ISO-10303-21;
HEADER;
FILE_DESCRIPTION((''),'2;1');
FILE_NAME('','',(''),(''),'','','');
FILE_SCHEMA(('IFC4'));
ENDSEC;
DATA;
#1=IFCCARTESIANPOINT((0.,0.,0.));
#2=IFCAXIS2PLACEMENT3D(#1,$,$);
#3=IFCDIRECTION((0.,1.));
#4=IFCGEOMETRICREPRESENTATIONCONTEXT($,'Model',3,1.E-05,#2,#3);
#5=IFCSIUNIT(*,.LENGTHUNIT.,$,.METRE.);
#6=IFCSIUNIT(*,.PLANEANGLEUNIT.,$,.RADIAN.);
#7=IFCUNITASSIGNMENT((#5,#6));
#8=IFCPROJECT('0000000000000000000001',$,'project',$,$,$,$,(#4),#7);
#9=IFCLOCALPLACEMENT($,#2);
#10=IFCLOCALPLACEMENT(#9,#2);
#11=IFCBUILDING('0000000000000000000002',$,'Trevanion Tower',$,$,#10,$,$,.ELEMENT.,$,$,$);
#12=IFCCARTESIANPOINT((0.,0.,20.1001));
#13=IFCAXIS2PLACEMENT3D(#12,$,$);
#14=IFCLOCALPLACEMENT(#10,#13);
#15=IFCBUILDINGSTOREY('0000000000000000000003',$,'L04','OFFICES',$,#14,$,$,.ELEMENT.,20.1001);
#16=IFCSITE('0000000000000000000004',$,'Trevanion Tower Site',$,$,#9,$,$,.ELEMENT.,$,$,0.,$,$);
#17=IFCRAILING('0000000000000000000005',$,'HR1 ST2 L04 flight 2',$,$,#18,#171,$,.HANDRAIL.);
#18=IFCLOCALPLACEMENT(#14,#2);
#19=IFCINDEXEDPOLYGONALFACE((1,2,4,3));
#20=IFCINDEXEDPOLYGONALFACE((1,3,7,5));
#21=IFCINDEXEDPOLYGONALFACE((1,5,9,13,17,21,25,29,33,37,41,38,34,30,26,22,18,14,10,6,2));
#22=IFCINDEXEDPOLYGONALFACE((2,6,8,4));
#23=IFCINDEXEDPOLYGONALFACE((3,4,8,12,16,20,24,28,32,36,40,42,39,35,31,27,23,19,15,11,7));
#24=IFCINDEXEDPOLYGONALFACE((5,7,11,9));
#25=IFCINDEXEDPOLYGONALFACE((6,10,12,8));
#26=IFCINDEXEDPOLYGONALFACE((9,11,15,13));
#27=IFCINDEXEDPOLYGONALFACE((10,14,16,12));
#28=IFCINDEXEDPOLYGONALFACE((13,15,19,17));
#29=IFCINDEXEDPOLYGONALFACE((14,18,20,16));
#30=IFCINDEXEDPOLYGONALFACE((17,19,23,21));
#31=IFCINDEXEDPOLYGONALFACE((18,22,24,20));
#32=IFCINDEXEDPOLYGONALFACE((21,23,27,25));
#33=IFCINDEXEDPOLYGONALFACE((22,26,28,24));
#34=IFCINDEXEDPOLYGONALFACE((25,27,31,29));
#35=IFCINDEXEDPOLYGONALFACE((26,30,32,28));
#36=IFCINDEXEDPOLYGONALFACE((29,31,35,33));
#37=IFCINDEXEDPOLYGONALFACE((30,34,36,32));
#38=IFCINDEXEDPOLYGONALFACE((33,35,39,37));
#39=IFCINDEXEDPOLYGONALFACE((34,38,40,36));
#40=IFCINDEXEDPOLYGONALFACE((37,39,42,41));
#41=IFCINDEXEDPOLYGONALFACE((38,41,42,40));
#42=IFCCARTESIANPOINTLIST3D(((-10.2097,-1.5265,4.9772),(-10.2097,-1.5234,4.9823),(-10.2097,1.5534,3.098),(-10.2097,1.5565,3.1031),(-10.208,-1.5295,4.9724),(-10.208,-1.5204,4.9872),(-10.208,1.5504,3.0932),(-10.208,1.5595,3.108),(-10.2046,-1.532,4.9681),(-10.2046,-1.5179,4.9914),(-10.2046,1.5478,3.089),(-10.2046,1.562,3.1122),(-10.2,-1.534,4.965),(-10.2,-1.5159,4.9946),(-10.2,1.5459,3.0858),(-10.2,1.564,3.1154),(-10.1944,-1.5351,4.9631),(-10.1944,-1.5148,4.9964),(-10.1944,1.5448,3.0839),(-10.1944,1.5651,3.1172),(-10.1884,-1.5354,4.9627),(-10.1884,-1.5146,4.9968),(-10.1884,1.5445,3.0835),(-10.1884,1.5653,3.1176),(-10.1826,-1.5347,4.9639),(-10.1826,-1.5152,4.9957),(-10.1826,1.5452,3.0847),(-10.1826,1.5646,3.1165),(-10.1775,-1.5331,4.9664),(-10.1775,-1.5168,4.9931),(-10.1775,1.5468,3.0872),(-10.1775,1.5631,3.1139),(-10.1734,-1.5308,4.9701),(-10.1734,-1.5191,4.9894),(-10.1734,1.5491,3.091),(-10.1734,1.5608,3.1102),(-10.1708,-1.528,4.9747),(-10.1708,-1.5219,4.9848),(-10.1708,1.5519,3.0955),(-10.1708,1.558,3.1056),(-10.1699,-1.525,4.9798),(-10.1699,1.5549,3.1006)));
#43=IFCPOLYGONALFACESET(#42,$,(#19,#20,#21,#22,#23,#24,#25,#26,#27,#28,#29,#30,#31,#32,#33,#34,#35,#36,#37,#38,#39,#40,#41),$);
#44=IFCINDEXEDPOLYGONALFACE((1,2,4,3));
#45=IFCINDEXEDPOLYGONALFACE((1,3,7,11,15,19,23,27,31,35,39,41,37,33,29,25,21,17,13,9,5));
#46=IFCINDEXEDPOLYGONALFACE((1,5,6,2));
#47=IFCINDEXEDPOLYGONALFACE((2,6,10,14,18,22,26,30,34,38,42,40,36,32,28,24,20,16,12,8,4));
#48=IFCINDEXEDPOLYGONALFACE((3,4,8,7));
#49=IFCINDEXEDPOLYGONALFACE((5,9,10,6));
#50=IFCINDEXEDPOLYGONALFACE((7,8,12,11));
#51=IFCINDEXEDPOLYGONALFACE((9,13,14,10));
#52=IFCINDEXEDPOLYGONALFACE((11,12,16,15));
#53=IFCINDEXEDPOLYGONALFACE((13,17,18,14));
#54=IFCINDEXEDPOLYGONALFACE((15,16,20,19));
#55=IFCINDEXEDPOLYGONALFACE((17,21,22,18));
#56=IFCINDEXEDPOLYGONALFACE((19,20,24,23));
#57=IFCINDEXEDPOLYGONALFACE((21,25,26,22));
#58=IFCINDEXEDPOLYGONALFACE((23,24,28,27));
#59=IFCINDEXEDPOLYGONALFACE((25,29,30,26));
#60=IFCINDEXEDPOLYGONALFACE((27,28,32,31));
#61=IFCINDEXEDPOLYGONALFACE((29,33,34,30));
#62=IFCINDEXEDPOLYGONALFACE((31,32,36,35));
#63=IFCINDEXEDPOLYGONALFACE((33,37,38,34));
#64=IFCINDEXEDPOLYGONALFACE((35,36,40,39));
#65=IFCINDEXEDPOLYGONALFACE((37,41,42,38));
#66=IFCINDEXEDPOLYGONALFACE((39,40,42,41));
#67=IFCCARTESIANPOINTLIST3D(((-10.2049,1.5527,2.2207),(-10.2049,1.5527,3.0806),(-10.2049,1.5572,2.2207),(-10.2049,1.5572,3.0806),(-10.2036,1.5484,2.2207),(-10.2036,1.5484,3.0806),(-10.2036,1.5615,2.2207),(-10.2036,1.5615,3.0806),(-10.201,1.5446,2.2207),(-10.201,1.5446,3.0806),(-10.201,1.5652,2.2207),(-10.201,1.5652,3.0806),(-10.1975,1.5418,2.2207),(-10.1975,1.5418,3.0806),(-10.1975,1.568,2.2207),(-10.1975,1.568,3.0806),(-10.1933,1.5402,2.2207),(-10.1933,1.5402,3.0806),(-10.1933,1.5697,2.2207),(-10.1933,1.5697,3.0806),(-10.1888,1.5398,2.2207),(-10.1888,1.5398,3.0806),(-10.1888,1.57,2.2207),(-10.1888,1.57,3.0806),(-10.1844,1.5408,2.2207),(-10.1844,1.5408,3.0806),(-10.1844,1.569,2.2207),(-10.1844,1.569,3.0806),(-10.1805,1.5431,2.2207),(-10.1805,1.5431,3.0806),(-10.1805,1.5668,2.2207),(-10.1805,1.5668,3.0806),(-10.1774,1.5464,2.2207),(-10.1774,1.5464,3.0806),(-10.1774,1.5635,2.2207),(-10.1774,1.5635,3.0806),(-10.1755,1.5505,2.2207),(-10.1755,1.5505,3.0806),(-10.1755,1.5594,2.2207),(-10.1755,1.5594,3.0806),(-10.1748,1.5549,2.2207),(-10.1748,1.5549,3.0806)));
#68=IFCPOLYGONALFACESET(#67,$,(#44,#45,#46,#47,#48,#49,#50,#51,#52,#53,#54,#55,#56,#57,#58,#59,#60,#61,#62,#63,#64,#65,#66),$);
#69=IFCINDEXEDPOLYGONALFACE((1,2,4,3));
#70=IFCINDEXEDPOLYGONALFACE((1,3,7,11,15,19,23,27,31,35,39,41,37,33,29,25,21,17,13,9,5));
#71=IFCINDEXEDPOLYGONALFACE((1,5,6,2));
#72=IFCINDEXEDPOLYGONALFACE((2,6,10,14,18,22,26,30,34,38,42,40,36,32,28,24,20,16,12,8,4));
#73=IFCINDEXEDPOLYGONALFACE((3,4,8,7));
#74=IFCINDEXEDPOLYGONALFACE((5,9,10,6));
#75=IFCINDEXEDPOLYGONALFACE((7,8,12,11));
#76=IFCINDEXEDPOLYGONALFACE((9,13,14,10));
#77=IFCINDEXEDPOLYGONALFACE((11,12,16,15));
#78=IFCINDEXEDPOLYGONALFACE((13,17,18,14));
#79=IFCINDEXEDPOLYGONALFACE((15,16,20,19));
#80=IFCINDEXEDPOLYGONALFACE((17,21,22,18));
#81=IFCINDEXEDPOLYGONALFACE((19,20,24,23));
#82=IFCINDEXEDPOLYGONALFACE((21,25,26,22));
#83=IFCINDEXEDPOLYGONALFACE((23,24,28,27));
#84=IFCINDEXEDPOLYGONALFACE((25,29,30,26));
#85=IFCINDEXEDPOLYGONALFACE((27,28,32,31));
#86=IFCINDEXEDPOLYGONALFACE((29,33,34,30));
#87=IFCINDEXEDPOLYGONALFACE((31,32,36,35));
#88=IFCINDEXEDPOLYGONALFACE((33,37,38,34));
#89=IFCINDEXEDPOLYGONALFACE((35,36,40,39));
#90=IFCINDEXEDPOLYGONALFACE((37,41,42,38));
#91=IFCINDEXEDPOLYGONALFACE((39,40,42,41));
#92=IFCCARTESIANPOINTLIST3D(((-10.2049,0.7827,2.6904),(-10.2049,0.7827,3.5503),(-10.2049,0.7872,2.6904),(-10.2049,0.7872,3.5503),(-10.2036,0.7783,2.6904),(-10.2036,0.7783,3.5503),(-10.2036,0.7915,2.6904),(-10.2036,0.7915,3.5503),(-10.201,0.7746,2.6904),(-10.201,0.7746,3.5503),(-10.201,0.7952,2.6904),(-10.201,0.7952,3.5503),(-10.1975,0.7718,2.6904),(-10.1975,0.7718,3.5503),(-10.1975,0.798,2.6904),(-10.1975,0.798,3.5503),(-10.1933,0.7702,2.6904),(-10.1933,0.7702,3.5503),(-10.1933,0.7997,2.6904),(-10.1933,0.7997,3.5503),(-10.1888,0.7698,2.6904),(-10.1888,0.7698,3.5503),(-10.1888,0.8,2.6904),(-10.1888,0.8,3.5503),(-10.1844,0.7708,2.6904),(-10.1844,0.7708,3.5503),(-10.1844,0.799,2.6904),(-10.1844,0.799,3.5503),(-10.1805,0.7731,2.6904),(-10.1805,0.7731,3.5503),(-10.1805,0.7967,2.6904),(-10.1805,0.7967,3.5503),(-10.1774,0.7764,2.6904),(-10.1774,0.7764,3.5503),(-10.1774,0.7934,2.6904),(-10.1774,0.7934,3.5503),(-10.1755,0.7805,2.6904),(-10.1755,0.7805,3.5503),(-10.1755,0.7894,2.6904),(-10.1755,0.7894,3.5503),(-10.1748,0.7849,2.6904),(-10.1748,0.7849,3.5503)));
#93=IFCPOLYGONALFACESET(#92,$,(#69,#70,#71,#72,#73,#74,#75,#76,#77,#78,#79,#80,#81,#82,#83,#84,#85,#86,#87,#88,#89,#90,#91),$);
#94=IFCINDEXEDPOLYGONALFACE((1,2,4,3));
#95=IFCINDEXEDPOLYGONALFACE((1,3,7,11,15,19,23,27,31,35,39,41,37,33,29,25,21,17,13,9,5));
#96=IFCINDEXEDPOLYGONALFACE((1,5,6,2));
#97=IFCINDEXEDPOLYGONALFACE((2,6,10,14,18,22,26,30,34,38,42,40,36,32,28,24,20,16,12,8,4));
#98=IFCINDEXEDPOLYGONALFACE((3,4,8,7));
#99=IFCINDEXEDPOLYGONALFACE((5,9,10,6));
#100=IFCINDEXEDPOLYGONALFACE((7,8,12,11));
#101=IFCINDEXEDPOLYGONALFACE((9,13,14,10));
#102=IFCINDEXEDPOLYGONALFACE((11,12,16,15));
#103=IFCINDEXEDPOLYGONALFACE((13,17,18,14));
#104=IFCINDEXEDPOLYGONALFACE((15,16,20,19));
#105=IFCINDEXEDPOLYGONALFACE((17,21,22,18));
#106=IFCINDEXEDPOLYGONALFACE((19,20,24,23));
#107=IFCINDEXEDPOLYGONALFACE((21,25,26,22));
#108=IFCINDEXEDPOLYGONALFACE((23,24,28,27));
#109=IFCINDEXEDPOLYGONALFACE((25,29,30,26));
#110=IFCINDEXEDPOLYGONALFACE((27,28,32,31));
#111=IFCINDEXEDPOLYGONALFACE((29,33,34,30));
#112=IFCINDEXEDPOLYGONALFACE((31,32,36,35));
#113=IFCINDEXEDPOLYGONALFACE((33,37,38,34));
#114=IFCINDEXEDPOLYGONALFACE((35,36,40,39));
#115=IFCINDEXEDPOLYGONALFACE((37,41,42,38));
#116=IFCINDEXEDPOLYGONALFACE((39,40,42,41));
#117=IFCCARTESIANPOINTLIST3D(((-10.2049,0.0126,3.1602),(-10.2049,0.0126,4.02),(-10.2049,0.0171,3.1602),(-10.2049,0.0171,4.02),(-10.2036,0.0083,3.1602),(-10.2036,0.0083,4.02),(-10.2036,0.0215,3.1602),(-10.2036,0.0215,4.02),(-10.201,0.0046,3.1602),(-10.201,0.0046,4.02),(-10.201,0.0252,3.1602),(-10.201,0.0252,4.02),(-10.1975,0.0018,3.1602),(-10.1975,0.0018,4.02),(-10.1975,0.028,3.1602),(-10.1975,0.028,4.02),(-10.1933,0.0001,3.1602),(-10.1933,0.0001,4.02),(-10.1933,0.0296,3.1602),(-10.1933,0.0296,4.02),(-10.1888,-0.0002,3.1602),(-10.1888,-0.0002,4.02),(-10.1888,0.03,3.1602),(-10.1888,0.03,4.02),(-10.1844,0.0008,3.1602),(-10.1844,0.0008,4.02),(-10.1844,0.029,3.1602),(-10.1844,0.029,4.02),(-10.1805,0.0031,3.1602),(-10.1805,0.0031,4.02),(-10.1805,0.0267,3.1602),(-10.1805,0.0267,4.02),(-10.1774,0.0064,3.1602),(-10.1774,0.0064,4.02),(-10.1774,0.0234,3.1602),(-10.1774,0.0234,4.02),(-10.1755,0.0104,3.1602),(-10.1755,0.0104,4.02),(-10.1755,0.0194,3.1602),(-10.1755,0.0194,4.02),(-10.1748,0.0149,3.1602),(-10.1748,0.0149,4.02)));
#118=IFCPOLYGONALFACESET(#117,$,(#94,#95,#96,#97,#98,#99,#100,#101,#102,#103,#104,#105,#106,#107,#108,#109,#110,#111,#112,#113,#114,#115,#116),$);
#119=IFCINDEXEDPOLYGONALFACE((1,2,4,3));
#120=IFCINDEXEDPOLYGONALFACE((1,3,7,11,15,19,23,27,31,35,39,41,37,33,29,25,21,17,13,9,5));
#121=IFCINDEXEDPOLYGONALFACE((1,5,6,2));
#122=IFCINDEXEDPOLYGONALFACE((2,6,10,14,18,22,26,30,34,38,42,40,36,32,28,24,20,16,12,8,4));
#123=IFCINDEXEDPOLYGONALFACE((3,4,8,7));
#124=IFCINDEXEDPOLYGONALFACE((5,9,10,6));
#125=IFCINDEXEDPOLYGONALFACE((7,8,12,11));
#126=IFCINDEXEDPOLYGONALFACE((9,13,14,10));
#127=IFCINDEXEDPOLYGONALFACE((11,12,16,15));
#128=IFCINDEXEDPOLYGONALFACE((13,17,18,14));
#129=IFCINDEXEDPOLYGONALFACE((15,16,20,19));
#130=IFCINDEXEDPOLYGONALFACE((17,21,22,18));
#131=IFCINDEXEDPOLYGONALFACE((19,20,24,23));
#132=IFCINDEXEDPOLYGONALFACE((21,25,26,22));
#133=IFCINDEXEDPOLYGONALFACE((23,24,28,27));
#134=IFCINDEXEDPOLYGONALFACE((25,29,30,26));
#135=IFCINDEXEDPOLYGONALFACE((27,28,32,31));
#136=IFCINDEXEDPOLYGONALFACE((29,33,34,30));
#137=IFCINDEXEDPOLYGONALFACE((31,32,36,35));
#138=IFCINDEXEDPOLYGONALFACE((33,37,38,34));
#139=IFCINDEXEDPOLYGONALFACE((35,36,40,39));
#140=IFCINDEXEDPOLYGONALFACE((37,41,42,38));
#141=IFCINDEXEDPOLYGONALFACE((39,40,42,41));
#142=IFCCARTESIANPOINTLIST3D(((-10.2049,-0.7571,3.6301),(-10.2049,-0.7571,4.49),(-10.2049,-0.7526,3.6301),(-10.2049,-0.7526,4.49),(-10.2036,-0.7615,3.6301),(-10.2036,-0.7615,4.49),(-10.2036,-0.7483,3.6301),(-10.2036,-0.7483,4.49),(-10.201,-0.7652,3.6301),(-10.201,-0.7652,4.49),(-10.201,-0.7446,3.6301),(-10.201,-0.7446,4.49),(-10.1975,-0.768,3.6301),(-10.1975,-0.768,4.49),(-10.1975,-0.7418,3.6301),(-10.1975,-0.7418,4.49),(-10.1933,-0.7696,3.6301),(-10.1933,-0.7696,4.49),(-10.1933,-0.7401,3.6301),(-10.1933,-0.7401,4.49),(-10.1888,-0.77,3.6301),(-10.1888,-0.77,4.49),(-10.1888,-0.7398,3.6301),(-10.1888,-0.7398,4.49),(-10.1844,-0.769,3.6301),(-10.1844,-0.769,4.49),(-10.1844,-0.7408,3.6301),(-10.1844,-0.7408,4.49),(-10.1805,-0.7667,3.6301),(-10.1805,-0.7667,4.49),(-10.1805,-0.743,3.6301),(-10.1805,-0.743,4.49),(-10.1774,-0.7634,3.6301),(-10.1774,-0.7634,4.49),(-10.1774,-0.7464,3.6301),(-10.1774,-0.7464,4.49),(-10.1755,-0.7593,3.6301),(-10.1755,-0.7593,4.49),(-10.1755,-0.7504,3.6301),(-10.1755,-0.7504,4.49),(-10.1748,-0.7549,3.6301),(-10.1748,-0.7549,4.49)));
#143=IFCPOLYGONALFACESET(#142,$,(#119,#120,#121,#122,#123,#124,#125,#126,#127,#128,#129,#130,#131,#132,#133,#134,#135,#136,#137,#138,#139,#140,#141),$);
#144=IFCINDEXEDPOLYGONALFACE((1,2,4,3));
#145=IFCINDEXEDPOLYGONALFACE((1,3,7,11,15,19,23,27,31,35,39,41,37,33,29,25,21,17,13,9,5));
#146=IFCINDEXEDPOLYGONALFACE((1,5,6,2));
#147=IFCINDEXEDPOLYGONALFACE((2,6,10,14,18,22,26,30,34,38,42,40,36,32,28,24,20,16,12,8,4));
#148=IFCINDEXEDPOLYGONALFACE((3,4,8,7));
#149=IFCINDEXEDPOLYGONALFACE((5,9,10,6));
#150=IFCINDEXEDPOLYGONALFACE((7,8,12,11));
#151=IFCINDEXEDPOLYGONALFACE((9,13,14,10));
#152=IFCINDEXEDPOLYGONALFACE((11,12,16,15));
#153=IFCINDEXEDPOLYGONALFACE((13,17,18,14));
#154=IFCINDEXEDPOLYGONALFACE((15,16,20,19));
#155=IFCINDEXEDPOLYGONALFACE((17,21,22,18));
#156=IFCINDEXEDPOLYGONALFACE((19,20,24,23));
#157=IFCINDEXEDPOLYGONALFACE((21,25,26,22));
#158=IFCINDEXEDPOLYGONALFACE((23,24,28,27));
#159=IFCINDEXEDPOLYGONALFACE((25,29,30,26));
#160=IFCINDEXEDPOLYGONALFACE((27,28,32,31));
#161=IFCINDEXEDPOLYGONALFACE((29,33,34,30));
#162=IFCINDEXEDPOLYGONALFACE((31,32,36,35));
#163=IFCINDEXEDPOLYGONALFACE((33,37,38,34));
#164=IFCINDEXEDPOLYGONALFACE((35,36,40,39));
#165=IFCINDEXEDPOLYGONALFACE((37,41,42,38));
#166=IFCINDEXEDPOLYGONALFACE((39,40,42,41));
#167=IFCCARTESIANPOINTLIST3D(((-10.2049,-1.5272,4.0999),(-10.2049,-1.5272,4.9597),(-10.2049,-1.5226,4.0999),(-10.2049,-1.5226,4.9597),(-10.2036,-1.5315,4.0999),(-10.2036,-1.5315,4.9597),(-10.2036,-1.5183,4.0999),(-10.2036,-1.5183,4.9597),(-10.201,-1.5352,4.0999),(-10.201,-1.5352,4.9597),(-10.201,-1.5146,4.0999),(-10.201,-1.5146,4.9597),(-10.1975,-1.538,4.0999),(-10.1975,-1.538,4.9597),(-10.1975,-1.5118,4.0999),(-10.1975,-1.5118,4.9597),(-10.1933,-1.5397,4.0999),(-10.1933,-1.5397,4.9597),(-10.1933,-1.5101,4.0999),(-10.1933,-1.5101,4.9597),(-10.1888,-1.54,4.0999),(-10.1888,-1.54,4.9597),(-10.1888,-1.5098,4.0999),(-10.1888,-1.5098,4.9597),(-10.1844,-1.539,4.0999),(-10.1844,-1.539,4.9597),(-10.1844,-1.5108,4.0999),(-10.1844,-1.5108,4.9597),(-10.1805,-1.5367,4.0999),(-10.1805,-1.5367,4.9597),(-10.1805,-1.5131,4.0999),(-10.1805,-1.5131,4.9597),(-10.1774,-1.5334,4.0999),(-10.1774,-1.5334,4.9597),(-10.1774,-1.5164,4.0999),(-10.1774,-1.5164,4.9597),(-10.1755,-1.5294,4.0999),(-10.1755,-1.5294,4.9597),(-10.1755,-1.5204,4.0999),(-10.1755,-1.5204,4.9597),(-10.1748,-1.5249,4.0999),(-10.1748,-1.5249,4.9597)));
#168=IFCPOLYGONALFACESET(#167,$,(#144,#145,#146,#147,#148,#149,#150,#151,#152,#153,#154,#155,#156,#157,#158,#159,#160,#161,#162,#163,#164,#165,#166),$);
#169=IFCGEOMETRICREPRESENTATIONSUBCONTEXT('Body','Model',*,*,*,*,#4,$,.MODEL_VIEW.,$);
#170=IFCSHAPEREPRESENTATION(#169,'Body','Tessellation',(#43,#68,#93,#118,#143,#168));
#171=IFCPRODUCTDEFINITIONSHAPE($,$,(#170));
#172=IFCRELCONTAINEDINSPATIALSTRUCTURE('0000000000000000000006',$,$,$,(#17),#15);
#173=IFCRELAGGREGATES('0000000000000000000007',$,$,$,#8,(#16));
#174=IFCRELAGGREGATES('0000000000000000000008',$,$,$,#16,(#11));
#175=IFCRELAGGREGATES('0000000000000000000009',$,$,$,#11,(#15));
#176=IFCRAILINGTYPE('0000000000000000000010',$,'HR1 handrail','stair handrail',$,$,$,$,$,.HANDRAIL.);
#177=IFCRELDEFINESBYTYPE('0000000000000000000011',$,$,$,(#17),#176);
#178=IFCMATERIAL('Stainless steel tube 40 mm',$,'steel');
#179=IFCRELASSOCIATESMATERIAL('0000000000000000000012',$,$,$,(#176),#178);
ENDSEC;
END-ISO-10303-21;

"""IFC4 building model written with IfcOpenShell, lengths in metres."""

from ifc_helpers import new_model, si_unit, direction, frame, origin, origin_2d, place, context, subcontext, project, spatial, circle, extrude, material, type_object, element, save


model = new_model("IFC4")

# Units and contexts
model_context = context("Model", 3, precision=1e-05, world=origin(), true_north=direction((0.0, 1.0)))
body_context = subcontext(model_context, "Body", "Model", "MODEL_VIEW")
ifc_project = project(units=[si_unit("LENGTHUNIT", "METRE"), si_unit("PLANEANGLEUNIT", "RADIAN")], contexts=[model_context])

# Site, building, storey
site_placement = place(None, origin())
site = spatial("IfcSite", under=ifc_project, at=site_placement, Name="Trevanion Tower Site", CompositionType="ELEMENT", RefElevation=0.0)
building_placement = place(site_placement, origin())
building = spatial("IfcBuilding", under=site, at=building_placement, Name="Trevanion Tower", CompositionType="ELEMENT")
storey_placement = place(building_placement, frame((0.0, 0.0, 20.1001)))
storey = spatial("IfcBuildingStorey", under=building, at=storey_placement, Name="L04", Description="OFFICES", CompositionType="ELEMENT", Elevation=20.1001)

# Railing
ifc_material_1 = material(Name="Stainless steel tube 40 mm", Category="steel")
railing_type = type_object("IfcRailingType", Name="HR1 handrail", Description="stair handrail", PredefinedType="HANDRAIL", material=ifc_material_1)
for number, where, name in (
    (1, (-10.1899, 1.5549, 2.2207), "HR1 ST2 L04 flight 2"),
):
    element("IfcRailing", number, at=place(storey_placement, frame(where)), inside=storey, type_object=railing_type, Name=name, PredefinedType="HANDRAIL", context=body_context, shape_type="SweptSolid", body=[
        extrude(circle(Radius=0.02, at=origin_2d()), frame((0.0, 0.0, 0.8799), z_axis=(0.0, -0.853648, 0.52085), x_axis=(1.0, 0.0, 0.0)), (0.0, 0.0, 1.0), 3.6079),
        extrude(circle(Radius=0.0151, at=origin_2d()), origin(), (0.0, 0.0, 1.0), 0.8599),
        extrude(circle(Radius=0.0151, at=origin_2d()), frame((0.0, -0.77, 0.4697)), (0.0, 0.0, 1.0), 0.8599),
        extrude(circle(Radius=0.0151, at=origin_2d()), frame((0.0, -1.54, 0.9395)), (0.0, 0.0, 1.0), 0.8599),
        extrude(circle(Radius=0.0151, at=origin_2d()), frame((0.0, -2.3098, 1.4094)), (0.0, 0.0, 1.0), 0.8599),
        extrude(circle(Radius=0.0151, at=origin_2d()), frame((0.0, -3.0798, 1.8792)), (0.0, 0.0, 1.0), 0.8599),
    ])

save(model, "model.ifc")
